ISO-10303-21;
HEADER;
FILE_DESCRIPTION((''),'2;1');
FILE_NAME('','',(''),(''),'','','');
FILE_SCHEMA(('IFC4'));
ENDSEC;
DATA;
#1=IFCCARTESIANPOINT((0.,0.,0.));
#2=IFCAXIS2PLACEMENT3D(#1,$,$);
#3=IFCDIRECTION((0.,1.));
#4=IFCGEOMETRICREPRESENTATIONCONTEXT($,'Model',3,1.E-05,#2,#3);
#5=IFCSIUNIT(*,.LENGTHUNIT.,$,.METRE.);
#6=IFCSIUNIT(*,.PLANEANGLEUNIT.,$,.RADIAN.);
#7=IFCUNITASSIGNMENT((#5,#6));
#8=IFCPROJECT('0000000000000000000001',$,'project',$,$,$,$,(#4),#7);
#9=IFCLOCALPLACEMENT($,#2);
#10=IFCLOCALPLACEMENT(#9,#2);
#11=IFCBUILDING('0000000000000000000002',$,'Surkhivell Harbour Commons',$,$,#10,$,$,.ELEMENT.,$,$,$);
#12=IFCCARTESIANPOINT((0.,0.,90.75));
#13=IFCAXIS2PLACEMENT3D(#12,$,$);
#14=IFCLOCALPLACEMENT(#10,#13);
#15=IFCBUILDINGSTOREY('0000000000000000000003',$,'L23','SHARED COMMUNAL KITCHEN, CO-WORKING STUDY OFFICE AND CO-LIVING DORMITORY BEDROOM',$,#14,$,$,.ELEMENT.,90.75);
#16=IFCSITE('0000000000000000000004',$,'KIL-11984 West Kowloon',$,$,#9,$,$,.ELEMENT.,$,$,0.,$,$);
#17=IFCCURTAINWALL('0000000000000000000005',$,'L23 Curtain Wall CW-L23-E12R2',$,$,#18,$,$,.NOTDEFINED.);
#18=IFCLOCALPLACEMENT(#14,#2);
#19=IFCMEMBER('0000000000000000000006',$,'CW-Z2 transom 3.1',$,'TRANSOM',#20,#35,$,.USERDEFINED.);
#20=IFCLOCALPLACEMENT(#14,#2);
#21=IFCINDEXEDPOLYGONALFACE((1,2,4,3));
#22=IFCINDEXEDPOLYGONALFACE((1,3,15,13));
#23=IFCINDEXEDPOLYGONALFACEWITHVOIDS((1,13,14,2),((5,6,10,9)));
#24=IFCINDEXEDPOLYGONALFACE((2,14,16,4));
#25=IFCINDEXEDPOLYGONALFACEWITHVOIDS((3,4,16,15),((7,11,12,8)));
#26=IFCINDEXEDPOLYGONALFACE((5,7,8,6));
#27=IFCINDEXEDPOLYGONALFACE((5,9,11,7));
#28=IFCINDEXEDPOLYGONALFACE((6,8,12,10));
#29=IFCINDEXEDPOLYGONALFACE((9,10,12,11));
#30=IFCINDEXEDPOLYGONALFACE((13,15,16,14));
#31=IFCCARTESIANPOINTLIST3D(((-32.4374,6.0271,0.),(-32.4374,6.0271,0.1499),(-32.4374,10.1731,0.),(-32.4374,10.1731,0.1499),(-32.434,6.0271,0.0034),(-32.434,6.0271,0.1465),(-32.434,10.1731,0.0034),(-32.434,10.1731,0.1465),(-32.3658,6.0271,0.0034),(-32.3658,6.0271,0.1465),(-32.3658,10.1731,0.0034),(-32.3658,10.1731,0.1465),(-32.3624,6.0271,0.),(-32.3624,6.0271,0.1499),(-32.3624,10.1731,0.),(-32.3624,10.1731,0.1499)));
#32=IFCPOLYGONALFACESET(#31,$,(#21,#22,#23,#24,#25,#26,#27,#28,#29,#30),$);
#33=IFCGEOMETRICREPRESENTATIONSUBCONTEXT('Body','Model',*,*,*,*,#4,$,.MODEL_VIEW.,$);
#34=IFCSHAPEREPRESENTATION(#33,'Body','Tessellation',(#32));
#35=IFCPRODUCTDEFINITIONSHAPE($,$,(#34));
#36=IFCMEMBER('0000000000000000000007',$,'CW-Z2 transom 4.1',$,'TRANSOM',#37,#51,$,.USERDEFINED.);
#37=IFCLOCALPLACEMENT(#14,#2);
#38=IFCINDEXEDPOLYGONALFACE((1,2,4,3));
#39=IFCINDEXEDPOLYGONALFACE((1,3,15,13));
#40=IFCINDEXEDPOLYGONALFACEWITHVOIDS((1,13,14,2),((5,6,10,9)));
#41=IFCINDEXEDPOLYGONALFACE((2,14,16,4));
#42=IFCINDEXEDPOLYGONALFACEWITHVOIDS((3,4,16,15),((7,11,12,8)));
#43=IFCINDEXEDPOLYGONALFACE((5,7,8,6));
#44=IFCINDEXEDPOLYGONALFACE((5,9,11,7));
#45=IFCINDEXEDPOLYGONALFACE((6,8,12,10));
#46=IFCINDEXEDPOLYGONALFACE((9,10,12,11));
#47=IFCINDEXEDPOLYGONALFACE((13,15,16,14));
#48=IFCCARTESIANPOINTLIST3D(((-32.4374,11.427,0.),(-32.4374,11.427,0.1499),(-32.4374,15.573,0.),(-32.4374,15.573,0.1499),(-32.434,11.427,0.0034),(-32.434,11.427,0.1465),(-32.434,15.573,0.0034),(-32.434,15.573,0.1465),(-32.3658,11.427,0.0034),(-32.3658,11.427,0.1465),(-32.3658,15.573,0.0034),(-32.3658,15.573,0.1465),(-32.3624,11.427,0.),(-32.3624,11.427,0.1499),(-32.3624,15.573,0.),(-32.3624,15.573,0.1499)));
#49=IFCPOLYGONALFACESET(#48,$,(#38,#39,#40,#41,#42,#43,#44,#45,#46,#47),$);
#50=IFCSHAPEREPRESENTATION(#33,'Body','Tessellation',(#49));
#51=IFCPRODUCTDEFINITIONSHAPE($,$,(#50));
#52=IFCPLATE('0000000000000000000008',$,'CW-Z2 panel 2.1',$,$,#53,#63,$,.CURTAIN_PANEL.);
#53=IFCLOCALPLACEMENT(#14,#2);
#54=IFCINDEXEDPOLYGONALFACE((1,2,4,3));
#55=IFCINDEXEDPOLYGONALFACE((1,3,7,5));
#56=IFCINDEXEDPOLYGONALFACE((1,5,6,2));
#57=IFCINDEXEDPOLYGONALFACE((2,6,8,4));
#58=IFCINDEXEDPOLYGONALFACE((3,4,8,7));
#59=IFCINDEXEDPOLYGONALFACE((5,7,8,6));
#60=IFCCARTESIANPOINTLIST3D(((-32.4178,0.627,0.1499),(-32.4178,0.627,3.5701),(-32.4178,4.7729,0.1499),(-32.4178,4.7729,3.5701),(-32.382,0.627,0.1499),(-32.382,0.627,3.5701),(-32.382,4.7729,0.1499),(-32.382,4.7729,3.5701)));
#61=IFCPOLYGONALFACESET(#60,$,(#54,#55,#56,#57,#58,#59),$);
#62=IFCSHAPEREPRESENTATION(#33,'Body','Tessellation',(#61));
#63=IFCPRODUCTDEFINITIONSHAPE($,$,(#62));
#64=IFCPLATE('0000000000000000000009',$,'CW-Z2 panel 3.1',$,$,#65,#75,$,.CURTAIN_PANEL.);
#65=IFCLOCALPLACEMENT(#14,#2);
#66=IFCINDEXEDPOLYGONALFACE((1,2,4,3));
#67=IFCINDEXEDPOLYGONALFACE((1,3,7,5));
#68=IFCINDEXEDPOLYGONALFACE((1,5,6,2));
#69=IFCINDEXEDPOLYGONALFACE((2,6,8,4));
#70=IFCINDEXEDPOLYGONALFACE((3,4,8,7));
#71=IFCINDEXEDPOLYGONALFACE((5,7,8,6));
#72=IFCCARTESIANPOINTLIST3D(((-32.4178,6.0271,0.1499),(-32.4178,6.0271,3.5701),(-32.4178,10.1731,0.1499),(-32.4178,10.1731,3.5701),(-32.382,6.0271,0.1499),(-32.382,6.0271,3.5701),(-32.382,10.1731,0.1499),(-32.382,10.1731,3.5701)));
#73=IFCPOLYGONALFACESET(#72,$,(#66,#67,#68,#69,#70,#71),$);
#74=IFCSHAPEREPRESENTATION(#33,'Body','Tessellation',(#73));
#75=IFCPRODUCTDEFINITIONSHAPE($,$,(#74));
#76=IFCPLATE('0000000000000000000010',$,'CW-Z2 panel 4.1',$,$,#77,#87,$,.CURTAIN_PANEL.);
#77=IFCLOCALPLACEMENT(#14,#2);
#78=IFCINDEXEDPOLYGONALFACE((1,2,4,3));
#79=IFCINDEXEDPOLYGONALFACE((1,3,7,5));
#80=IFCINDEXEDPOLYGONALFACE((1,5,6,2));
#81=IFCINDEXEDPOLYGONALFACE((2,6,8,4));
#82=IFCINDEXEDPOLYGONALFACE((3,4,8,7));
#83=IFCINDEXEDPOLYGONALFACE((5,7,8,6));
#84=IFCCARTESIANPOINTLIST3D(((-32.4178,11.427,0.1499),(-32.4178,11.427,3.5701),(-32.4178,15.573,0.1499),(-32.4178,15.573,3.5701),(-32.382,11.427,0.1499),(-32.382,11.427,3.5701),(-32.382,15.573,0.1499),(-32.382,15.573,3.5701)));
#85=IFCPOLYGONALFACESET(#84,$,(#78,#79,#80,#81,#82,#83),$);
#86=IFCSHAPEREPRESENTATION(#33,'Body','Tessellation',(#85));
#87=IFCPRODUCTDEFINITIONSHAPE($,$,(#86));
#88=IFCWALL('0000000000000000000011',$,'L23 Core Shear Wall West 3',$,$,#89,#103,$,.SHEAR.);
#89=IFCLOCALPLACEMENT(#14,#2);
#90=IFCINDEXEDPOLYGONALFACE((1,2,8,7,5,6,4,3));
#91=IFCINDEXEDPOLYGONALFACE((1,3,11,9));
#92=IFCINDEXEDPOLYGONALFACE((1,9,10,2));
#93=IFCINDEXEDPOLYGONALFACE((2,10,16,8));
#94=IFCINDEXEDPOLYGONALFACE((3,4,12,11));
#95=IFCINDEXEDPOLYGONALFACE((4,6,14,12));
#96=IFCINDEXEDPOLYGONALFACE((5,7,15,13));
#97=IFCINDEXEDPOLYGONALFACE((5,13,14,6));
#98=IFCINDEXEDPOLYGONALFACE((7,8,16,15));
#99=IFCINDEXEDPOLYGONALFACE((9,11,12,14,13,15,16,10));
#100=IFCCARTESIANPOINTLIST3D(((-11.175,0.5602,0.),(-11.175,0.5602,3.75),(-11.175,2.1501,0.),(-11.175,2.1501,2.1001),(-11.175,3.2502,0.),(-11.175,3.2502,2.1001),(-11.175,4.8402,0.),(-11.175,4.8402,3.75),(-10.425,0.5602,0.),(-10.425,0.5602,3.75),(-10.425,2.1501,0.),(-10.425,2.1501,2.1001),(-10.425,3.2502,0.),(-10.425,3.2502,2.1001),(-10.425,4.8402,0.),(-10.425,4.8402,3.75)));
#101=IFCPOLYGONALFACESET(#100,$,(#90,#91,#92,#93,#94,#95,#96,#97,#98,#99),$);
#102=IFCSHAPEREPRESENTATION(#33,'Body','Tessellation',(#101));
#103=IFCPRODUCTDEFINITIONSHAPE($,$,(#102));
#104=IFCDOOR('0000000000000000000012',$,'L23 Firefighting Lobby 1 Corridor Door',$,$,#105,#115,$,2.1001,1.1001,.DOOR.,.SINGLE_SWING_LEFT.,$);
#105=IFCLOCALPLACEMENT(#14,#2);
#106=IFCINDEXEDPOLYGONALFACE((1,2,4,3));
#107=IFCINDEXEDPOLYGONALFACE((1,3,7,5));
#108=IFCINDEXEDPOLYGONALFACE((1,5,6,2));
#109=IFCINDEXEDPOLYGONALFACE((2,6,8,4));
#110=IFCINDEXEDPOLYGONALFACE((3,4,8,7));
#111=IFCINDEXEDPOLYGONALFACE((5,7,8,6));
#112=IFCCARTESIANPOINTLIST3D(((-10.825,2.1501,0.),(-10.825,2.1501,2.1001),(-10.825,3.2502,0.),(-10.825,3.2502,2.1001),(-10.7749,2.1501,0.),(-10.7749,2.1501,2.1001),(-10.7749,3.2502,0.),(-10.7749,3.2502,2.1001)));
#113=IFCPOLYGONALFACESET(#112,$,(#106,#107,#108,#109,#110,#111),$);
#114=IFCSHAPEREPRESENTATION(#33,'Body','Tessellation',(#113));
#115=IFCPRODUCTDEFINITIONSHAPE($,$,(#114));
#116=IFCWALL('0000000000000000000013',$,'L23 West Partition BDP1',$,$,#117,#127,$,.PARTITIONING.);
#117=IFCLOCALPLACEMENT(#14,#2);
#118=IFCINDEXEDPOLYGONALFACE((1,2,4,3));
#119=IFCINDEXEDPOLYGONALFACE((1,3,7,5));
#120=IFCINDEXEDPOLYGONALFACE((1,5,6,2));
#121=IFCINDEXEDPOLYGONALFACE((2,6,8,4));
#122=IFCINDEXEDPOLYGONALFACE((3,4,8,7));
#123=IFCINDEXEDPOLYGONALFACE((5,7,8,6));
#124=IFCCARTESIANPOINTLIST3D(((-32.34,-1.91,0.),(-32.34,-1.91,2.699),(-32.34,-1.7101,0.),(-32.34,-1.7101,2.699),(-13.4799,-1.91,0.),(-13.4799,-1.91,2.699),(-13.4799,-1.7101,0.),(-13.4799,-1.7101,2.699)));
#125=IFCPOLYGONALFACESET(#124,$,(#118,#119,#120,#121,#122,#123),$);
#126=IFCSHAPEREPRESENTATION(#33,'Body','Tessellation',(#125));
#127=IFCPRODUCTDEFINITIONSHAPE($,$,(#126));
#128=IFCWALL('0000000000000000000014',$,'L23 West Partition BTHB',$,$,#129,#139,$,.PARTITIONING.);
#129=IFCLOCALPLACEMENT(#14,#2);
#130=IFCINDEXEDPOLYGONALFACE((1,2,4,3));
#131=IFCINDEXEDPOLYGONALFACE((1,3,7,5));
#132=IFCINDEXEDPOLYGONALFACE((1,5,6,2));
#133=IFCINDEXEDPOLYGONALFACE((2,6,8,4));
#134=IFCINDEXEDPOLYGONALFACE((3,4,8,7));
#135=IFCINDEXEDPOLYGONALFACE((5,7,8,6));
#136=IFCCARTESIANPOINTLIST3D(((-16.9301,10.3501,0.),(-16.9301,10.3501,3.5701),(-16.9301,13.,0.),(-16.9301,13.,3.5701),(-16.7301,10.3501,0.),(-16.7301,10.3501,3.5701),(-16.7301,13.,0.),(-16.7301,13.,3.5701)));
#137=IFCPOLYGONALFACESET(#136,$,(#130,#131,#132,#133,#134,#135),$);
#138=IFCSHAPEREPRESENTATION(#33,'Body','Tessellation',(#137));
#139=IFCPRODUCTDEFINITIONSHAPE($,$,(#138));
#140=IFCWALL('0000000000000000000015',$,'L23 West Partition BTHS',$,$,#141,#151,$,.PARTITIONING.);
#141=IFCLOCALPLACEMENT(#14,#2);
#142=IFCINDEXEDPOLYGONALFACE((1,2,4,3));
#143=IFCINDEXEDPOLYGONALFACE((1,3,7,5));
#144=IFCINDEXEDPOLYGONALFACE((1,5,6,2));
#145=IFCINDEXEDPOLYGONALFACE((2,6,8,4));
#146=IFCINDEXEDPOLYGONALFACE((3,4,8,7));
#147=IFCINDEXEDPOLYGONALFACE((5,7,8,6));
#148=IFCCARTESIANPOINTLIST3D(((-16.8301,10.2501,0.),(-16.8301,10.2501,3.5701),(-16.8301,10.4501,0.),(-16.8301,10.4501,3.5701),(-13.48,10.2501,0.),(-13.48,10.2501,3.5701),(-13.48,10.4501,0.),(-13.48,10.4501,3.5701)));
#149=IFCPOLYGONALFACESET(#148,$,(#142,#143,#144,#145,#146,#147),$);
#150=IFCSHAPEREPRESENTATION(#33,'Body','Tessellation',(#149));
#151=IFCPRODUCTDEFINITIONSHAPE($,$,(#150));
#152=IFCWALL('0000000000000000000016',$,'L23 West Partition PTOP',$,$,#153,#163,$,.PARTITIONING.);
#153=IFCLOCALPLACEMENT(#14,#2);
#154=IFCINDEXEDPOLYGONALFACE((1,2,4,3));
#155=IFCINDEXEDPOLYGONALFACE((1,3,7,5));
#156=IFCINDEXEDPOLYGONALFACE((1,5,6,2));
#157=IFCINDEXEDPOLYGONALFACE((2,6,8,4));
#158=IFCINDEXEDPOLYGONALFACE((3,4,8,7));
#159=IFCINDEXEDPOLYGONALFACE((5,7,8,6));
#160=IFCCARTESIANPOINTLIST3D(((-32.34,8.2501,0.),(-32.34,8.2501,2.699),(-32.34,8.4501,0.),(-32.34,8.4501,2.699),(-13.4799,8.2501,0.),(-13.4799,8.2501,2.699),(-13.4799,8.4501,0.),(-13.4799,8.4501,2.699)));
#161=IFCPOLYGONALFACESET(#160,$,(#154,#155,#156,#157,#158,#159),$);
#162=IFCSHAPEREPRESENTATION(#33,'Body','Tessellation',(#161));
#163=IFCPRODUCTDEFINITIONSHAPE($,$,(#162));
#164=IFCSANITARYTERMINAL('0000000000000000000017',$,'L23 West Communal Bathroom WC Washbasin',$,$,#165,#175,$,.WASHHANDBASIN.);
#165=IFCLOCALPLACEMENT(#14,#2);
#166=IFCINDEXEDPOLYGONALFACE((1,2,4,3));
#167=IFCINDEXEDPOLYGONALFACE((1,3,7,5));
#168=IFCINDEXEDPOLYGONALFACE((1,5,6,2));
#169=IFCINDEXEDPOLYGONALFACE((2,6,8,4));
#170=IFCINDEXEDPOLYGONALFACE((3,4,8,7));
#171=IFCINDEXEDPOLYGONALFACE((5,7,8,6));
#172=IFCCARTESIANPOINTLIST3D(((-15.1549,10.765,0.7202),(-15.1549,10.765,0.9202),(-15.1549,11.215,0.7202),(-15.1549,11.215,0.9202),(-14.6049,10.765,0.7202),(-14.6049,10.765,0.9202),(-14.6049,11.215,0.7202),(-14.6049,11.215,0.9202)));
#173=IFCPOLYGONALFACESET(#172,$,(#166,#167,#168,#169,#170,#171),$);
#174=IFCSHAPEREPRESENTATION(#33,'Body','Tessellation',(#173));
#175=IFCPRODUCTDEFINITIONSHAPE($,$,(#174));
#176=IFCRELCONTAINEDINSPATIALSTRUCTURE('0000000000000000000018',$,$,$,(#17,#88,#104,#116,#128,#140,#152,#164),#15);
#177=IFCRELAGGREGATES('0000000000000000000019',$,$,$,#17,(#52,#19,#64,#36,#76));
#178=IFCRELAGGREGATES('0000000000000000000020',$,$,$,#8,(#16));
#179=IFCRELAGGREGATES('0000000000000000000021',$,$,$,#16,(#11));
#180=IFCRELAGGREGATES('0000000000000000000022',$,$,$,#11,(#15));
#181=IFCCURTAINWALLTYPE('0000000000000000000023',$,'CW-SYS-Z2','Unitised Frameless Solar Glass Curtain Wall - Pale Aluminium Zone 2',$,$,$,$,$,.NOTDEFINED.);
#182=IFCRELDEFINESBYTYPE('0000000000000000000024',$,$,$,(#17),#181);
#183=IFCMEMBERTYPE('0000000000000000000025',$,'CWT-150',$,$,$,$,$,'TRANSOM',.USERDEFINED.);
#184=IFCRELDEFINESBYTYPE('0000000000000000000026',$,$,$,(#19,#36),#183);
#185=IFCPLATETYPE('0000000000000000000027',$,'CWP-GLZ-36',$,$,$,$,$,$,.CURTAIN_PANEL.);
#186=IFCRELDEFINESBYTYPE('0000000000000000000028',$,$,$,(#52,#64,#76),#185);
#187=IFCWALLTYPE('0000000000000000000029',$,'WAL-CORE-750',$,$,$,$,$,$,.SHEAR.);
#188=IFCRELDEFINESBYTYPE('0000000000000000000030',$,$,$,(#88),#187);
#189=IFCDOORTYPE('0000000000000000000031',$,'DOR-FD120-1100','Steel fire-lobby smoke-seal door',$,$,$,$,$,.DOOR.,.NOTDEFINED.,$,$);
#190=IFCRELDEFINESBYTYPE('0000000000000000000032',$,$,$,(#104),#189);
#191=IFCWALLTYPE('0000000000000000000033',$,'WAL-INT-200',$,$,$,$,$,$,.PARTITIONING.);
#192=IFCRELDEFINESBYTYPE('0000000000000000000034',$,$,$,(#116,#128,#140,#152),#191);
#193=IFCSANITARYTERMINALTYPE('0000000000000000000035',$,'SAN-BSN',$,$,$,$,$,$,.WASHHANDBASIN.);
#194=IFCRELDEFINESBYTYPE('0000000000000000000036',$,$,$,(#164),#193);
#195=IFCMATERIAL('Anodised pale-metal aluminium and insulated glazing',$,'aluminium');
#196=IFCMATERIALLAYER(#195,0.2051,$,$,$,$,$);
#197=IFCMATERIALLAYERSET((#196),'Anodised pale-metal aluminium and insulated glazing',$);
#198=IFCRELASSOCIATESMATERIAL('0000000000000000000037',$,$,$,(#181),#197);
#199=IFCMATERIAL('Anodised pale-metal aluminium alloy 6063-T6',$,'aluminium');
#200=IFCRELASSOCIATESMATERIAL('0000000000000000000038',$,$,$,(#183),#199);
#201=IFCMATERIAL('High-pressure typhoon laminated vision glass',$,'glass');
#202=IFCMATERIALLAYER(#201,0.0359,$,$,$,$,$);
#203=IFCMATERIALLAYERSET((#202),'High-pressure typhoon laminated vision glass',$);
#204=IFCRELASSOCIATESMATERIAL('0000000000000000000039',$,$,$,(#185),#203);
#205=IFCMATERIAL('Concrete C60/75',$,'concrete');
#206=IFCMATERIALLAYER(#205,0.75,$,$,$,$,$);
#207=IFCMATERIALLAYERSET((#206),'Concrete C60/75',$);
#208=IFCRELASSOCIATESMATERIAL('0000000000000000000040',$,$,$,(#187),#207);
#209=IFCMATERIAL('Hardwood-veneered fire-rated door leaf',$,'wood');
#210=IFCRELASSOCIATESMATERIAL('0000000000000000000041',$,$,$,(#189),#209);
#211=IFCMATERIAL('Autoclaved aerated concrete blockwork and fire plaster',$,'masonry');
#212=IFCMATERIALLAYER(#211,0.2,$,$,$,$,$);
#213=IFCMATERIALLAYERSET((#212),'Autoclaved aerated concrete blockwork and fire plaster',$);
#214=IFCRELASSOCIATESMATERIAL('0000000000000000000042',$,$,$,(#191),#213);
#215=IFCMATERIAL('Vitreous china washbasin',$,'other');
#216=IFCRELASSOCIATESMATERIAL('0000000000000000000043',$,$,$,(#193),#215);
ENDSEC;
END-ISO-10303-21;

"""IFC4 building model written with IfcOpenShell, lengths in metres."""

from ifc_helpers import new_model, si_unit, direction, frame, frame_2d, origin, origin_2d, place, context, subcontext, project, spatial, rectangle, hollow_rectangle, extrude, material, layer, layer_set, material_profile, profile_set, type_object, element, fill, aggregate, save


model = new_model("IFC4")

# Units and contexts
model_context = context("Model", 3, precision=1e-05, world=origin(), true_north=direction((0.0, 1.0)))
body_context = subcontext(model_context, "Body", "Model", "MODEL_VIEW")
ifc_project = project(units=[si_unit("LENGTHUNIT", "METRE"), si_unit("PLANEANGLEUNIT", "RADIAN")], contexts=[model_context])

# Site, building, storey
site_placement = place(None, origin())
site = spatial("IfcSite", under=ifc_project, at=site_placement, Name="KIL-11984 West Kowloon", CompositionType="ELEMENT", RefElevation=0.0)
building_placement = place(site_placement, origin())
building = spatial("IfcBuilding", under=site, at=building_placement, Name="Surkhivell Harbour Commons", CompositionType="ELEMENT")
storey_placement = place(building_placement, frame((0.0, 0.0, 90.75)))
storey = spatial("IfcBuildingStorey", under=building, at=storey_placement, Name="L23", Description="SHARED COMMUNAL KITCHEN, CO-WORKING STUDY OFFICE AND CO-LIVING DORMITORY BEDROOM", CompositionType="ELEMENT", Elevation=90.75)

# Shared definitions
ifc_material_1 = material(Name="Concrete C60/75", Category="concrete")

# Curtain wall, members, plates
ifc_material_2 = material(Name="Anodised pale-metal aluminium and insulated glazing", Category="aluminium")
ifc_layer_1 = layer(ifc_material_2, 0.2051)
ifc_layer_set_1 = layer_set([ifc_layer_1], Name="Anodised pale-metal aluminium and insulated glazing")
curtain_wall_type = type_object("IfcCurtainWallType", Name="CW-SYS-Z2", Description="Unitised Frameless Solar Glass Curtain Wall - Pale Aluminium Zone 2", PredefinedType="NOTDEFINED", material=ifc_layer_set_1)
curtain_wall_placement = place(storey_placement, origin())
curtain_wall = element("IfcCurtainWall", 1, at=curtain_wall_placement, inside=storey, type_object=curtain_wall_type, Name="L23 Curtain Wall CW-L23-E12R2", PredefinedType="NOTDEFINED")
ifc_material_3 = material(Name="Anodised pale-metal aluminium alloy 6063-T6", Category="aluminium")
ifc_material_profile_1 = material_profile(ifc_material_3, hollow_rectangle(XDim=0.075, YDim=0.1499, WallThickness=0.0034, at=origin_2d()), Name="ALU-TRAN-75x150")
ifc_profile_set_1 = profile_set([ifc_material_profile_1], Name="Anodised pale-metal aluminium alloy 6063-T6")
member_type_1 = type_object("IfcMemberType", Name="CWT-150", ElementType="TRANSOM", PredefinedType="USERDEFINED", material=ifc_profile_set_1)
member_1_placement = place(storey_placement, frame((-32.3999, 6.0271, 0.075), z_axis=(0.0, 1.0, 0.0), x_axis=(-1.0, 0.0, 0.0)))
member_1 = element("IfcMember", 2, at=member_1_placement, type_object=member_type_1, Name="CW-Z2 transom 3.1", ObjectType="TRANSOM", PredefinedType="USERDEFINED", context=body_context, shape_type="SweptSolid", body=[
    extrude(hollow_rectangle(XDim=0.075, YDim=0.1499, WallThickness=0.0034, at=origin_2d()), origin(), (0.0, 0.0, 1.0), 4.146),
])
member_2_placement = place(storey_placement, frame((-32.3999, 11.427, 0.075), z_axis=(0.0, 1.0, 0.0), x_axis=(-1.0, 0.0, 0.0)))
member_2 = element("IfcMember", 3, at=member_2_placement, type_object=member_type_1, Name="CW-Z2 transom 4.1", ObjectType="TRANSOM", PredefinedType="USERDEFINED", context=body_context, shape_type="SweptSolid", body=[
    extrude(hollow_rectangle(XDim=0.075, YDim=0.1499, WallThickness=0.0034, at=origin_2d()), origin(), (0.0, 0.0, 1.0), 4.146),
])
ifc_material_4 = material(Name="High-pressure typhoon laminated vision glass", Category="glass")
ifc_layer_2 = layer(ifc_material_4, 0.0359)
ifc_layer_set_2 = layer_set([ifc_layer_2], Name="High-pressure typhoon laminated vision glass")
plate_type = type_object("IfcPlateType", Name="CWP-GLZ-36", PredefinedType="CURTAIN_PANEL", material=ifc_layer_set_2)
plate_1_placement = place(storey_placement, frame((-32.3999, 0.627, 0.1499), z_axis=(0.0, 0.0, 1.0), x_axis=(0.0, 1.0, 0.0)))
plate_1 = element("IfcPlate", 4, at=plate_1_placement, type_object=plate_type, Name="CW-Z2 panel 2.1", PredefinedType="CURTAIN_PANEL", context=body_context, shape_type="SweptSolid", body=[
    extrude(rectangle(XDim=4.146, YDim=0.0359, at=frame_2d((2.073, 0.0))), origin(), (0.0, 0.0, 1.0), 3.4202),
])
plate_2_placement = place(storey_placement, frame((-32.3999, 6.0271, 0.1499), z_axis=(0.0, 0.0, 1.0), x_axis=(0.0, 1.0, 0.0)))
plate_2 = element("IfcPlate", 5, at=plate_2_placement, type_object=plate_type, Name="CW-Z2 panel 3.1", PredefinedType="CURTAIN_PANEL", context=body_context, shape_type="SweptSolid", body=[
    extrude(rectangle(XDim=4.146, YDim=0.0359, at=frame_2d((2.073, 0.0))), origin(), (0.0, 0.0, 1.0), 3.4202),
])
plate_3_placement = place(storey_placement, frame((-32.3999, 11.427, 0.1499), z_axis=(0.0, 0.0, 1.0), x_axis=(0.0, 1.0, 0.0)))
plate_3 = element("IfcPlate", 6, at=plate_3_placement, type_object=plate_type, Name="CW-Z2 panel 4.1", PredefinedType="CURTAIN_PANEL", context=body_context, shape_type="SweptSolid", body=[
    extrude(rectangle(XDim=4.146, YDim=0.0359, at=frame_2d((2.073, 0.0))), origin(), (0.0, 0.0, 1.0), 3.4202),
])
aggregate(curtain_wall, [plate_1, member_1, plate_2, member_2, plate_3])

# Wall, opening, door
ifc_layer_3 = layer(ifc_material_1, 0.75)
ifc_layer_set_3 = layer_set([ifc_layer_3], Name="Concrete C60/75")
wall_type_1 = type_object("IfcWallType", Name="WAL-CORE-750", PredefinedType="SHEAR", material=ifc_layer_set_3)
wall_1_placement = place(storey_placement, frame((-10.8, 0.5601, 0.0), z_axis=(0.0, 0.0, 1.0), x_axis=(0.0, 1.0, 0.0)))
wall_1 = element("IfcWall", 7, at=wall_1_placement, inside=storey, type_object=wall_type_1, Name="L23 Core Shear Wall West 3", PredefinedType="SHEAR", context=body_context, shape_type="SweptSolid", body=[
    extrude(rectangle(XDim=4.28, YDim=0.75, at=frame_2d((2.1401, 0.0))), origin(), (0.0, 0.0, 1.0), 3.75),
])
opening_placement = place(wall_1_placement, frame((1.5901, 0.0, 0.0)))
opening = element("IfcOpeningElement", 8, at=opening_placement, cuts=wall_1, PredefinedType="OPENING", context=body_context, shape_type="SweptSolid", body=[
    extrude(rectangle(XDim=1.1001, YDim=2.1001, at=frame_2d((0.55, 1.05))), frame((0.0, 0.385, 0.0), z_axis=(0.0, -1.0, 0.0), x_axis=(1.0, 0.0, 0.0)), (0.0, 0.0, 1.0), 0.77),
])
ifc_material_5 = material(Name="Hardwood-veneered fire-rated door leaf", Category="wood")
door_type = type_object("IfcDoorType", Name="DOR-FD120-1100", Description="Steel fire-lobby smoke-seal door", OperationType="NOTDEFINED", PredefinedType="DOOR", material=ifc_material_5)
door_placement = place(opening_placement, origin())
door = element("IfcDoor", 9, at=door_placement, inside=storey, type_object=door_type, Name="L23 Firefighting Lobby 1 Corridor Door", OperationType="SINGLE_SWING_LEFT", OverallHeight=2.1001, OverallWidth=1.1001, PredefinedType="DOOR", context=body_context, shape_type="SweptSolid", body=[
    extrude(rectangle(XDim=1.1001, YDim=2.1001, at=frame_2d((0.55, 1.05))), frame((0.0, 0.0249, 0.0), z_axis=(0.0, -1.0, 0.0), x_axis=(1.0, 0.0, 0.0)), (0.0, 0.0, 1.0), 0.05),
])
fill(opening, door)

# Walls
ifc_material_6 = material(Name="Autoclaved aerated concrete blockwork and fire plaster", Category="masonry")
ifc_layer_4 = layer(ifc_material_6, 0.2)
ifc_layer_set_4 = layer_set([ifc_layer_4], Name="Autoclaved aerated concrete blockwork and fire plaster")
wall_type_2 = type_object("IfcWallType", Name="WAL-INT-200", PredefinedType="PARTITIONING", material=ifc_layer_set_4)
wall_2_placement = place(storey_placement, frame((-32.3401, -1.8101, 0.0), z_axis=(0.0, 0.0, 1.0), x_axis=(1.0, 0.0, 0.0)))
element("IfcWall", 10, at=wall_2_placement, inside=storey, type_object=wall_type_2, Name="L23 West Partition BDP1", PredefinedType="PARTITIONING", context=body_context, shape_type="SweptSolid", body=[
    extrude(rectangle(XDim=18.8601, YDim=0.2, at=frame_2d((9.4302, 0.0))), origin(), (0.0, 0.0, 1.0), 2.699),
])
wall_3_placement = place(storey_placement, frame((-16.8301, 10.3501, 0.0), z_axis=(0.0, 0.0, 1.0), x_axis=(0.0, 1.0, 0.0)))
element("IfcWall", 11, at=wall_3_placement, inside=storey, type_object=wall_type_2, Name="L23 West Partition BTHB", PredefinedType="PARTITIONING", context=body_context, shape_type="SweptSolid", body=[
    extrude(rectangle(XDim=2.6499, YDim=0.2, at=frame_2d((1.325, 0.0))), origin(), (0.0, 0.0, 1.0), 3.5701),
])
wall_4_placement = place(storey_placement, frame((-16.8301, 10.3501, 0.0), z_axis=(0.0, 0.0, 1.0), x_axis=(1.0, 0.0, 0.0)))
element("IfcWall", 12, at=wall_4_placement, inside=storey, type_object=wall_type_2, Name="L23 West Partition BTHS", PredefinedType="PARTITIONING", context=body_context, shape_type="SweptSolid", body=[
    extrude(rectangle(XDim=3.3501, YDim=0.2, at=frame_2d((1.675, 0.0))), origin(), (0.0, 0.0, 1.0), 3.5701),
])
wall_5_placement = place(storey_placement, frame((-32.3401, 8.3501, 0.0), z_axis=(0.0, 0.0, 1.0), x_axis=(1.0, 0.0, 0.0)))
element("IfcWall", 13, at=wall_5_placement, inside=storey, type_object=wall_type_2, Name="L23 West Partition PTOP", PredefinedType="PARTITIONING", context=body_context, shape_type="SweptSolid", body=[
    extrude(rectangle(XDim=18.8601, YDim=0.2, at=frame_2d((9.4302, 0.0))), origin(), (0.0, 0.0, 1.0), 2.699),
])

# Sanitary terminal
ifc_material_7 = material(Name="Vitreous china washbasin", Category="other")
sanitary_terminal_type_1 = type_object("IfcSanitaryTerminalType", Name="SAN-BSN", PredefinedType="WASHHANDBASIN", material=ifc_material_7)
sanitary_terminal_1_placement = place(storey_placement, frame((-14.8799, 10.99, 0.7202), z_axis=(0.0, 0.0, 1.0), x_axis=(1.0, 0.0, 0.0)))
element("IfcSanitaryTerminal", 14, at=sanitary_terminal_1_placement, inside=storey, type_object=sanitary_terminal_type_1, Name="L23 West Communal Bathroom WC Washbasin", PredefinedType="WASHHANDBASIN", context=body_context, shape_type="SweptSolid", body=[
    extrude(rectangle(XDim=0.55, YDim=0.45, at=origin_2d()), origin(), (0.0, 0.0, 1.0), 0.2),
])

save(model, "model.ifc")
